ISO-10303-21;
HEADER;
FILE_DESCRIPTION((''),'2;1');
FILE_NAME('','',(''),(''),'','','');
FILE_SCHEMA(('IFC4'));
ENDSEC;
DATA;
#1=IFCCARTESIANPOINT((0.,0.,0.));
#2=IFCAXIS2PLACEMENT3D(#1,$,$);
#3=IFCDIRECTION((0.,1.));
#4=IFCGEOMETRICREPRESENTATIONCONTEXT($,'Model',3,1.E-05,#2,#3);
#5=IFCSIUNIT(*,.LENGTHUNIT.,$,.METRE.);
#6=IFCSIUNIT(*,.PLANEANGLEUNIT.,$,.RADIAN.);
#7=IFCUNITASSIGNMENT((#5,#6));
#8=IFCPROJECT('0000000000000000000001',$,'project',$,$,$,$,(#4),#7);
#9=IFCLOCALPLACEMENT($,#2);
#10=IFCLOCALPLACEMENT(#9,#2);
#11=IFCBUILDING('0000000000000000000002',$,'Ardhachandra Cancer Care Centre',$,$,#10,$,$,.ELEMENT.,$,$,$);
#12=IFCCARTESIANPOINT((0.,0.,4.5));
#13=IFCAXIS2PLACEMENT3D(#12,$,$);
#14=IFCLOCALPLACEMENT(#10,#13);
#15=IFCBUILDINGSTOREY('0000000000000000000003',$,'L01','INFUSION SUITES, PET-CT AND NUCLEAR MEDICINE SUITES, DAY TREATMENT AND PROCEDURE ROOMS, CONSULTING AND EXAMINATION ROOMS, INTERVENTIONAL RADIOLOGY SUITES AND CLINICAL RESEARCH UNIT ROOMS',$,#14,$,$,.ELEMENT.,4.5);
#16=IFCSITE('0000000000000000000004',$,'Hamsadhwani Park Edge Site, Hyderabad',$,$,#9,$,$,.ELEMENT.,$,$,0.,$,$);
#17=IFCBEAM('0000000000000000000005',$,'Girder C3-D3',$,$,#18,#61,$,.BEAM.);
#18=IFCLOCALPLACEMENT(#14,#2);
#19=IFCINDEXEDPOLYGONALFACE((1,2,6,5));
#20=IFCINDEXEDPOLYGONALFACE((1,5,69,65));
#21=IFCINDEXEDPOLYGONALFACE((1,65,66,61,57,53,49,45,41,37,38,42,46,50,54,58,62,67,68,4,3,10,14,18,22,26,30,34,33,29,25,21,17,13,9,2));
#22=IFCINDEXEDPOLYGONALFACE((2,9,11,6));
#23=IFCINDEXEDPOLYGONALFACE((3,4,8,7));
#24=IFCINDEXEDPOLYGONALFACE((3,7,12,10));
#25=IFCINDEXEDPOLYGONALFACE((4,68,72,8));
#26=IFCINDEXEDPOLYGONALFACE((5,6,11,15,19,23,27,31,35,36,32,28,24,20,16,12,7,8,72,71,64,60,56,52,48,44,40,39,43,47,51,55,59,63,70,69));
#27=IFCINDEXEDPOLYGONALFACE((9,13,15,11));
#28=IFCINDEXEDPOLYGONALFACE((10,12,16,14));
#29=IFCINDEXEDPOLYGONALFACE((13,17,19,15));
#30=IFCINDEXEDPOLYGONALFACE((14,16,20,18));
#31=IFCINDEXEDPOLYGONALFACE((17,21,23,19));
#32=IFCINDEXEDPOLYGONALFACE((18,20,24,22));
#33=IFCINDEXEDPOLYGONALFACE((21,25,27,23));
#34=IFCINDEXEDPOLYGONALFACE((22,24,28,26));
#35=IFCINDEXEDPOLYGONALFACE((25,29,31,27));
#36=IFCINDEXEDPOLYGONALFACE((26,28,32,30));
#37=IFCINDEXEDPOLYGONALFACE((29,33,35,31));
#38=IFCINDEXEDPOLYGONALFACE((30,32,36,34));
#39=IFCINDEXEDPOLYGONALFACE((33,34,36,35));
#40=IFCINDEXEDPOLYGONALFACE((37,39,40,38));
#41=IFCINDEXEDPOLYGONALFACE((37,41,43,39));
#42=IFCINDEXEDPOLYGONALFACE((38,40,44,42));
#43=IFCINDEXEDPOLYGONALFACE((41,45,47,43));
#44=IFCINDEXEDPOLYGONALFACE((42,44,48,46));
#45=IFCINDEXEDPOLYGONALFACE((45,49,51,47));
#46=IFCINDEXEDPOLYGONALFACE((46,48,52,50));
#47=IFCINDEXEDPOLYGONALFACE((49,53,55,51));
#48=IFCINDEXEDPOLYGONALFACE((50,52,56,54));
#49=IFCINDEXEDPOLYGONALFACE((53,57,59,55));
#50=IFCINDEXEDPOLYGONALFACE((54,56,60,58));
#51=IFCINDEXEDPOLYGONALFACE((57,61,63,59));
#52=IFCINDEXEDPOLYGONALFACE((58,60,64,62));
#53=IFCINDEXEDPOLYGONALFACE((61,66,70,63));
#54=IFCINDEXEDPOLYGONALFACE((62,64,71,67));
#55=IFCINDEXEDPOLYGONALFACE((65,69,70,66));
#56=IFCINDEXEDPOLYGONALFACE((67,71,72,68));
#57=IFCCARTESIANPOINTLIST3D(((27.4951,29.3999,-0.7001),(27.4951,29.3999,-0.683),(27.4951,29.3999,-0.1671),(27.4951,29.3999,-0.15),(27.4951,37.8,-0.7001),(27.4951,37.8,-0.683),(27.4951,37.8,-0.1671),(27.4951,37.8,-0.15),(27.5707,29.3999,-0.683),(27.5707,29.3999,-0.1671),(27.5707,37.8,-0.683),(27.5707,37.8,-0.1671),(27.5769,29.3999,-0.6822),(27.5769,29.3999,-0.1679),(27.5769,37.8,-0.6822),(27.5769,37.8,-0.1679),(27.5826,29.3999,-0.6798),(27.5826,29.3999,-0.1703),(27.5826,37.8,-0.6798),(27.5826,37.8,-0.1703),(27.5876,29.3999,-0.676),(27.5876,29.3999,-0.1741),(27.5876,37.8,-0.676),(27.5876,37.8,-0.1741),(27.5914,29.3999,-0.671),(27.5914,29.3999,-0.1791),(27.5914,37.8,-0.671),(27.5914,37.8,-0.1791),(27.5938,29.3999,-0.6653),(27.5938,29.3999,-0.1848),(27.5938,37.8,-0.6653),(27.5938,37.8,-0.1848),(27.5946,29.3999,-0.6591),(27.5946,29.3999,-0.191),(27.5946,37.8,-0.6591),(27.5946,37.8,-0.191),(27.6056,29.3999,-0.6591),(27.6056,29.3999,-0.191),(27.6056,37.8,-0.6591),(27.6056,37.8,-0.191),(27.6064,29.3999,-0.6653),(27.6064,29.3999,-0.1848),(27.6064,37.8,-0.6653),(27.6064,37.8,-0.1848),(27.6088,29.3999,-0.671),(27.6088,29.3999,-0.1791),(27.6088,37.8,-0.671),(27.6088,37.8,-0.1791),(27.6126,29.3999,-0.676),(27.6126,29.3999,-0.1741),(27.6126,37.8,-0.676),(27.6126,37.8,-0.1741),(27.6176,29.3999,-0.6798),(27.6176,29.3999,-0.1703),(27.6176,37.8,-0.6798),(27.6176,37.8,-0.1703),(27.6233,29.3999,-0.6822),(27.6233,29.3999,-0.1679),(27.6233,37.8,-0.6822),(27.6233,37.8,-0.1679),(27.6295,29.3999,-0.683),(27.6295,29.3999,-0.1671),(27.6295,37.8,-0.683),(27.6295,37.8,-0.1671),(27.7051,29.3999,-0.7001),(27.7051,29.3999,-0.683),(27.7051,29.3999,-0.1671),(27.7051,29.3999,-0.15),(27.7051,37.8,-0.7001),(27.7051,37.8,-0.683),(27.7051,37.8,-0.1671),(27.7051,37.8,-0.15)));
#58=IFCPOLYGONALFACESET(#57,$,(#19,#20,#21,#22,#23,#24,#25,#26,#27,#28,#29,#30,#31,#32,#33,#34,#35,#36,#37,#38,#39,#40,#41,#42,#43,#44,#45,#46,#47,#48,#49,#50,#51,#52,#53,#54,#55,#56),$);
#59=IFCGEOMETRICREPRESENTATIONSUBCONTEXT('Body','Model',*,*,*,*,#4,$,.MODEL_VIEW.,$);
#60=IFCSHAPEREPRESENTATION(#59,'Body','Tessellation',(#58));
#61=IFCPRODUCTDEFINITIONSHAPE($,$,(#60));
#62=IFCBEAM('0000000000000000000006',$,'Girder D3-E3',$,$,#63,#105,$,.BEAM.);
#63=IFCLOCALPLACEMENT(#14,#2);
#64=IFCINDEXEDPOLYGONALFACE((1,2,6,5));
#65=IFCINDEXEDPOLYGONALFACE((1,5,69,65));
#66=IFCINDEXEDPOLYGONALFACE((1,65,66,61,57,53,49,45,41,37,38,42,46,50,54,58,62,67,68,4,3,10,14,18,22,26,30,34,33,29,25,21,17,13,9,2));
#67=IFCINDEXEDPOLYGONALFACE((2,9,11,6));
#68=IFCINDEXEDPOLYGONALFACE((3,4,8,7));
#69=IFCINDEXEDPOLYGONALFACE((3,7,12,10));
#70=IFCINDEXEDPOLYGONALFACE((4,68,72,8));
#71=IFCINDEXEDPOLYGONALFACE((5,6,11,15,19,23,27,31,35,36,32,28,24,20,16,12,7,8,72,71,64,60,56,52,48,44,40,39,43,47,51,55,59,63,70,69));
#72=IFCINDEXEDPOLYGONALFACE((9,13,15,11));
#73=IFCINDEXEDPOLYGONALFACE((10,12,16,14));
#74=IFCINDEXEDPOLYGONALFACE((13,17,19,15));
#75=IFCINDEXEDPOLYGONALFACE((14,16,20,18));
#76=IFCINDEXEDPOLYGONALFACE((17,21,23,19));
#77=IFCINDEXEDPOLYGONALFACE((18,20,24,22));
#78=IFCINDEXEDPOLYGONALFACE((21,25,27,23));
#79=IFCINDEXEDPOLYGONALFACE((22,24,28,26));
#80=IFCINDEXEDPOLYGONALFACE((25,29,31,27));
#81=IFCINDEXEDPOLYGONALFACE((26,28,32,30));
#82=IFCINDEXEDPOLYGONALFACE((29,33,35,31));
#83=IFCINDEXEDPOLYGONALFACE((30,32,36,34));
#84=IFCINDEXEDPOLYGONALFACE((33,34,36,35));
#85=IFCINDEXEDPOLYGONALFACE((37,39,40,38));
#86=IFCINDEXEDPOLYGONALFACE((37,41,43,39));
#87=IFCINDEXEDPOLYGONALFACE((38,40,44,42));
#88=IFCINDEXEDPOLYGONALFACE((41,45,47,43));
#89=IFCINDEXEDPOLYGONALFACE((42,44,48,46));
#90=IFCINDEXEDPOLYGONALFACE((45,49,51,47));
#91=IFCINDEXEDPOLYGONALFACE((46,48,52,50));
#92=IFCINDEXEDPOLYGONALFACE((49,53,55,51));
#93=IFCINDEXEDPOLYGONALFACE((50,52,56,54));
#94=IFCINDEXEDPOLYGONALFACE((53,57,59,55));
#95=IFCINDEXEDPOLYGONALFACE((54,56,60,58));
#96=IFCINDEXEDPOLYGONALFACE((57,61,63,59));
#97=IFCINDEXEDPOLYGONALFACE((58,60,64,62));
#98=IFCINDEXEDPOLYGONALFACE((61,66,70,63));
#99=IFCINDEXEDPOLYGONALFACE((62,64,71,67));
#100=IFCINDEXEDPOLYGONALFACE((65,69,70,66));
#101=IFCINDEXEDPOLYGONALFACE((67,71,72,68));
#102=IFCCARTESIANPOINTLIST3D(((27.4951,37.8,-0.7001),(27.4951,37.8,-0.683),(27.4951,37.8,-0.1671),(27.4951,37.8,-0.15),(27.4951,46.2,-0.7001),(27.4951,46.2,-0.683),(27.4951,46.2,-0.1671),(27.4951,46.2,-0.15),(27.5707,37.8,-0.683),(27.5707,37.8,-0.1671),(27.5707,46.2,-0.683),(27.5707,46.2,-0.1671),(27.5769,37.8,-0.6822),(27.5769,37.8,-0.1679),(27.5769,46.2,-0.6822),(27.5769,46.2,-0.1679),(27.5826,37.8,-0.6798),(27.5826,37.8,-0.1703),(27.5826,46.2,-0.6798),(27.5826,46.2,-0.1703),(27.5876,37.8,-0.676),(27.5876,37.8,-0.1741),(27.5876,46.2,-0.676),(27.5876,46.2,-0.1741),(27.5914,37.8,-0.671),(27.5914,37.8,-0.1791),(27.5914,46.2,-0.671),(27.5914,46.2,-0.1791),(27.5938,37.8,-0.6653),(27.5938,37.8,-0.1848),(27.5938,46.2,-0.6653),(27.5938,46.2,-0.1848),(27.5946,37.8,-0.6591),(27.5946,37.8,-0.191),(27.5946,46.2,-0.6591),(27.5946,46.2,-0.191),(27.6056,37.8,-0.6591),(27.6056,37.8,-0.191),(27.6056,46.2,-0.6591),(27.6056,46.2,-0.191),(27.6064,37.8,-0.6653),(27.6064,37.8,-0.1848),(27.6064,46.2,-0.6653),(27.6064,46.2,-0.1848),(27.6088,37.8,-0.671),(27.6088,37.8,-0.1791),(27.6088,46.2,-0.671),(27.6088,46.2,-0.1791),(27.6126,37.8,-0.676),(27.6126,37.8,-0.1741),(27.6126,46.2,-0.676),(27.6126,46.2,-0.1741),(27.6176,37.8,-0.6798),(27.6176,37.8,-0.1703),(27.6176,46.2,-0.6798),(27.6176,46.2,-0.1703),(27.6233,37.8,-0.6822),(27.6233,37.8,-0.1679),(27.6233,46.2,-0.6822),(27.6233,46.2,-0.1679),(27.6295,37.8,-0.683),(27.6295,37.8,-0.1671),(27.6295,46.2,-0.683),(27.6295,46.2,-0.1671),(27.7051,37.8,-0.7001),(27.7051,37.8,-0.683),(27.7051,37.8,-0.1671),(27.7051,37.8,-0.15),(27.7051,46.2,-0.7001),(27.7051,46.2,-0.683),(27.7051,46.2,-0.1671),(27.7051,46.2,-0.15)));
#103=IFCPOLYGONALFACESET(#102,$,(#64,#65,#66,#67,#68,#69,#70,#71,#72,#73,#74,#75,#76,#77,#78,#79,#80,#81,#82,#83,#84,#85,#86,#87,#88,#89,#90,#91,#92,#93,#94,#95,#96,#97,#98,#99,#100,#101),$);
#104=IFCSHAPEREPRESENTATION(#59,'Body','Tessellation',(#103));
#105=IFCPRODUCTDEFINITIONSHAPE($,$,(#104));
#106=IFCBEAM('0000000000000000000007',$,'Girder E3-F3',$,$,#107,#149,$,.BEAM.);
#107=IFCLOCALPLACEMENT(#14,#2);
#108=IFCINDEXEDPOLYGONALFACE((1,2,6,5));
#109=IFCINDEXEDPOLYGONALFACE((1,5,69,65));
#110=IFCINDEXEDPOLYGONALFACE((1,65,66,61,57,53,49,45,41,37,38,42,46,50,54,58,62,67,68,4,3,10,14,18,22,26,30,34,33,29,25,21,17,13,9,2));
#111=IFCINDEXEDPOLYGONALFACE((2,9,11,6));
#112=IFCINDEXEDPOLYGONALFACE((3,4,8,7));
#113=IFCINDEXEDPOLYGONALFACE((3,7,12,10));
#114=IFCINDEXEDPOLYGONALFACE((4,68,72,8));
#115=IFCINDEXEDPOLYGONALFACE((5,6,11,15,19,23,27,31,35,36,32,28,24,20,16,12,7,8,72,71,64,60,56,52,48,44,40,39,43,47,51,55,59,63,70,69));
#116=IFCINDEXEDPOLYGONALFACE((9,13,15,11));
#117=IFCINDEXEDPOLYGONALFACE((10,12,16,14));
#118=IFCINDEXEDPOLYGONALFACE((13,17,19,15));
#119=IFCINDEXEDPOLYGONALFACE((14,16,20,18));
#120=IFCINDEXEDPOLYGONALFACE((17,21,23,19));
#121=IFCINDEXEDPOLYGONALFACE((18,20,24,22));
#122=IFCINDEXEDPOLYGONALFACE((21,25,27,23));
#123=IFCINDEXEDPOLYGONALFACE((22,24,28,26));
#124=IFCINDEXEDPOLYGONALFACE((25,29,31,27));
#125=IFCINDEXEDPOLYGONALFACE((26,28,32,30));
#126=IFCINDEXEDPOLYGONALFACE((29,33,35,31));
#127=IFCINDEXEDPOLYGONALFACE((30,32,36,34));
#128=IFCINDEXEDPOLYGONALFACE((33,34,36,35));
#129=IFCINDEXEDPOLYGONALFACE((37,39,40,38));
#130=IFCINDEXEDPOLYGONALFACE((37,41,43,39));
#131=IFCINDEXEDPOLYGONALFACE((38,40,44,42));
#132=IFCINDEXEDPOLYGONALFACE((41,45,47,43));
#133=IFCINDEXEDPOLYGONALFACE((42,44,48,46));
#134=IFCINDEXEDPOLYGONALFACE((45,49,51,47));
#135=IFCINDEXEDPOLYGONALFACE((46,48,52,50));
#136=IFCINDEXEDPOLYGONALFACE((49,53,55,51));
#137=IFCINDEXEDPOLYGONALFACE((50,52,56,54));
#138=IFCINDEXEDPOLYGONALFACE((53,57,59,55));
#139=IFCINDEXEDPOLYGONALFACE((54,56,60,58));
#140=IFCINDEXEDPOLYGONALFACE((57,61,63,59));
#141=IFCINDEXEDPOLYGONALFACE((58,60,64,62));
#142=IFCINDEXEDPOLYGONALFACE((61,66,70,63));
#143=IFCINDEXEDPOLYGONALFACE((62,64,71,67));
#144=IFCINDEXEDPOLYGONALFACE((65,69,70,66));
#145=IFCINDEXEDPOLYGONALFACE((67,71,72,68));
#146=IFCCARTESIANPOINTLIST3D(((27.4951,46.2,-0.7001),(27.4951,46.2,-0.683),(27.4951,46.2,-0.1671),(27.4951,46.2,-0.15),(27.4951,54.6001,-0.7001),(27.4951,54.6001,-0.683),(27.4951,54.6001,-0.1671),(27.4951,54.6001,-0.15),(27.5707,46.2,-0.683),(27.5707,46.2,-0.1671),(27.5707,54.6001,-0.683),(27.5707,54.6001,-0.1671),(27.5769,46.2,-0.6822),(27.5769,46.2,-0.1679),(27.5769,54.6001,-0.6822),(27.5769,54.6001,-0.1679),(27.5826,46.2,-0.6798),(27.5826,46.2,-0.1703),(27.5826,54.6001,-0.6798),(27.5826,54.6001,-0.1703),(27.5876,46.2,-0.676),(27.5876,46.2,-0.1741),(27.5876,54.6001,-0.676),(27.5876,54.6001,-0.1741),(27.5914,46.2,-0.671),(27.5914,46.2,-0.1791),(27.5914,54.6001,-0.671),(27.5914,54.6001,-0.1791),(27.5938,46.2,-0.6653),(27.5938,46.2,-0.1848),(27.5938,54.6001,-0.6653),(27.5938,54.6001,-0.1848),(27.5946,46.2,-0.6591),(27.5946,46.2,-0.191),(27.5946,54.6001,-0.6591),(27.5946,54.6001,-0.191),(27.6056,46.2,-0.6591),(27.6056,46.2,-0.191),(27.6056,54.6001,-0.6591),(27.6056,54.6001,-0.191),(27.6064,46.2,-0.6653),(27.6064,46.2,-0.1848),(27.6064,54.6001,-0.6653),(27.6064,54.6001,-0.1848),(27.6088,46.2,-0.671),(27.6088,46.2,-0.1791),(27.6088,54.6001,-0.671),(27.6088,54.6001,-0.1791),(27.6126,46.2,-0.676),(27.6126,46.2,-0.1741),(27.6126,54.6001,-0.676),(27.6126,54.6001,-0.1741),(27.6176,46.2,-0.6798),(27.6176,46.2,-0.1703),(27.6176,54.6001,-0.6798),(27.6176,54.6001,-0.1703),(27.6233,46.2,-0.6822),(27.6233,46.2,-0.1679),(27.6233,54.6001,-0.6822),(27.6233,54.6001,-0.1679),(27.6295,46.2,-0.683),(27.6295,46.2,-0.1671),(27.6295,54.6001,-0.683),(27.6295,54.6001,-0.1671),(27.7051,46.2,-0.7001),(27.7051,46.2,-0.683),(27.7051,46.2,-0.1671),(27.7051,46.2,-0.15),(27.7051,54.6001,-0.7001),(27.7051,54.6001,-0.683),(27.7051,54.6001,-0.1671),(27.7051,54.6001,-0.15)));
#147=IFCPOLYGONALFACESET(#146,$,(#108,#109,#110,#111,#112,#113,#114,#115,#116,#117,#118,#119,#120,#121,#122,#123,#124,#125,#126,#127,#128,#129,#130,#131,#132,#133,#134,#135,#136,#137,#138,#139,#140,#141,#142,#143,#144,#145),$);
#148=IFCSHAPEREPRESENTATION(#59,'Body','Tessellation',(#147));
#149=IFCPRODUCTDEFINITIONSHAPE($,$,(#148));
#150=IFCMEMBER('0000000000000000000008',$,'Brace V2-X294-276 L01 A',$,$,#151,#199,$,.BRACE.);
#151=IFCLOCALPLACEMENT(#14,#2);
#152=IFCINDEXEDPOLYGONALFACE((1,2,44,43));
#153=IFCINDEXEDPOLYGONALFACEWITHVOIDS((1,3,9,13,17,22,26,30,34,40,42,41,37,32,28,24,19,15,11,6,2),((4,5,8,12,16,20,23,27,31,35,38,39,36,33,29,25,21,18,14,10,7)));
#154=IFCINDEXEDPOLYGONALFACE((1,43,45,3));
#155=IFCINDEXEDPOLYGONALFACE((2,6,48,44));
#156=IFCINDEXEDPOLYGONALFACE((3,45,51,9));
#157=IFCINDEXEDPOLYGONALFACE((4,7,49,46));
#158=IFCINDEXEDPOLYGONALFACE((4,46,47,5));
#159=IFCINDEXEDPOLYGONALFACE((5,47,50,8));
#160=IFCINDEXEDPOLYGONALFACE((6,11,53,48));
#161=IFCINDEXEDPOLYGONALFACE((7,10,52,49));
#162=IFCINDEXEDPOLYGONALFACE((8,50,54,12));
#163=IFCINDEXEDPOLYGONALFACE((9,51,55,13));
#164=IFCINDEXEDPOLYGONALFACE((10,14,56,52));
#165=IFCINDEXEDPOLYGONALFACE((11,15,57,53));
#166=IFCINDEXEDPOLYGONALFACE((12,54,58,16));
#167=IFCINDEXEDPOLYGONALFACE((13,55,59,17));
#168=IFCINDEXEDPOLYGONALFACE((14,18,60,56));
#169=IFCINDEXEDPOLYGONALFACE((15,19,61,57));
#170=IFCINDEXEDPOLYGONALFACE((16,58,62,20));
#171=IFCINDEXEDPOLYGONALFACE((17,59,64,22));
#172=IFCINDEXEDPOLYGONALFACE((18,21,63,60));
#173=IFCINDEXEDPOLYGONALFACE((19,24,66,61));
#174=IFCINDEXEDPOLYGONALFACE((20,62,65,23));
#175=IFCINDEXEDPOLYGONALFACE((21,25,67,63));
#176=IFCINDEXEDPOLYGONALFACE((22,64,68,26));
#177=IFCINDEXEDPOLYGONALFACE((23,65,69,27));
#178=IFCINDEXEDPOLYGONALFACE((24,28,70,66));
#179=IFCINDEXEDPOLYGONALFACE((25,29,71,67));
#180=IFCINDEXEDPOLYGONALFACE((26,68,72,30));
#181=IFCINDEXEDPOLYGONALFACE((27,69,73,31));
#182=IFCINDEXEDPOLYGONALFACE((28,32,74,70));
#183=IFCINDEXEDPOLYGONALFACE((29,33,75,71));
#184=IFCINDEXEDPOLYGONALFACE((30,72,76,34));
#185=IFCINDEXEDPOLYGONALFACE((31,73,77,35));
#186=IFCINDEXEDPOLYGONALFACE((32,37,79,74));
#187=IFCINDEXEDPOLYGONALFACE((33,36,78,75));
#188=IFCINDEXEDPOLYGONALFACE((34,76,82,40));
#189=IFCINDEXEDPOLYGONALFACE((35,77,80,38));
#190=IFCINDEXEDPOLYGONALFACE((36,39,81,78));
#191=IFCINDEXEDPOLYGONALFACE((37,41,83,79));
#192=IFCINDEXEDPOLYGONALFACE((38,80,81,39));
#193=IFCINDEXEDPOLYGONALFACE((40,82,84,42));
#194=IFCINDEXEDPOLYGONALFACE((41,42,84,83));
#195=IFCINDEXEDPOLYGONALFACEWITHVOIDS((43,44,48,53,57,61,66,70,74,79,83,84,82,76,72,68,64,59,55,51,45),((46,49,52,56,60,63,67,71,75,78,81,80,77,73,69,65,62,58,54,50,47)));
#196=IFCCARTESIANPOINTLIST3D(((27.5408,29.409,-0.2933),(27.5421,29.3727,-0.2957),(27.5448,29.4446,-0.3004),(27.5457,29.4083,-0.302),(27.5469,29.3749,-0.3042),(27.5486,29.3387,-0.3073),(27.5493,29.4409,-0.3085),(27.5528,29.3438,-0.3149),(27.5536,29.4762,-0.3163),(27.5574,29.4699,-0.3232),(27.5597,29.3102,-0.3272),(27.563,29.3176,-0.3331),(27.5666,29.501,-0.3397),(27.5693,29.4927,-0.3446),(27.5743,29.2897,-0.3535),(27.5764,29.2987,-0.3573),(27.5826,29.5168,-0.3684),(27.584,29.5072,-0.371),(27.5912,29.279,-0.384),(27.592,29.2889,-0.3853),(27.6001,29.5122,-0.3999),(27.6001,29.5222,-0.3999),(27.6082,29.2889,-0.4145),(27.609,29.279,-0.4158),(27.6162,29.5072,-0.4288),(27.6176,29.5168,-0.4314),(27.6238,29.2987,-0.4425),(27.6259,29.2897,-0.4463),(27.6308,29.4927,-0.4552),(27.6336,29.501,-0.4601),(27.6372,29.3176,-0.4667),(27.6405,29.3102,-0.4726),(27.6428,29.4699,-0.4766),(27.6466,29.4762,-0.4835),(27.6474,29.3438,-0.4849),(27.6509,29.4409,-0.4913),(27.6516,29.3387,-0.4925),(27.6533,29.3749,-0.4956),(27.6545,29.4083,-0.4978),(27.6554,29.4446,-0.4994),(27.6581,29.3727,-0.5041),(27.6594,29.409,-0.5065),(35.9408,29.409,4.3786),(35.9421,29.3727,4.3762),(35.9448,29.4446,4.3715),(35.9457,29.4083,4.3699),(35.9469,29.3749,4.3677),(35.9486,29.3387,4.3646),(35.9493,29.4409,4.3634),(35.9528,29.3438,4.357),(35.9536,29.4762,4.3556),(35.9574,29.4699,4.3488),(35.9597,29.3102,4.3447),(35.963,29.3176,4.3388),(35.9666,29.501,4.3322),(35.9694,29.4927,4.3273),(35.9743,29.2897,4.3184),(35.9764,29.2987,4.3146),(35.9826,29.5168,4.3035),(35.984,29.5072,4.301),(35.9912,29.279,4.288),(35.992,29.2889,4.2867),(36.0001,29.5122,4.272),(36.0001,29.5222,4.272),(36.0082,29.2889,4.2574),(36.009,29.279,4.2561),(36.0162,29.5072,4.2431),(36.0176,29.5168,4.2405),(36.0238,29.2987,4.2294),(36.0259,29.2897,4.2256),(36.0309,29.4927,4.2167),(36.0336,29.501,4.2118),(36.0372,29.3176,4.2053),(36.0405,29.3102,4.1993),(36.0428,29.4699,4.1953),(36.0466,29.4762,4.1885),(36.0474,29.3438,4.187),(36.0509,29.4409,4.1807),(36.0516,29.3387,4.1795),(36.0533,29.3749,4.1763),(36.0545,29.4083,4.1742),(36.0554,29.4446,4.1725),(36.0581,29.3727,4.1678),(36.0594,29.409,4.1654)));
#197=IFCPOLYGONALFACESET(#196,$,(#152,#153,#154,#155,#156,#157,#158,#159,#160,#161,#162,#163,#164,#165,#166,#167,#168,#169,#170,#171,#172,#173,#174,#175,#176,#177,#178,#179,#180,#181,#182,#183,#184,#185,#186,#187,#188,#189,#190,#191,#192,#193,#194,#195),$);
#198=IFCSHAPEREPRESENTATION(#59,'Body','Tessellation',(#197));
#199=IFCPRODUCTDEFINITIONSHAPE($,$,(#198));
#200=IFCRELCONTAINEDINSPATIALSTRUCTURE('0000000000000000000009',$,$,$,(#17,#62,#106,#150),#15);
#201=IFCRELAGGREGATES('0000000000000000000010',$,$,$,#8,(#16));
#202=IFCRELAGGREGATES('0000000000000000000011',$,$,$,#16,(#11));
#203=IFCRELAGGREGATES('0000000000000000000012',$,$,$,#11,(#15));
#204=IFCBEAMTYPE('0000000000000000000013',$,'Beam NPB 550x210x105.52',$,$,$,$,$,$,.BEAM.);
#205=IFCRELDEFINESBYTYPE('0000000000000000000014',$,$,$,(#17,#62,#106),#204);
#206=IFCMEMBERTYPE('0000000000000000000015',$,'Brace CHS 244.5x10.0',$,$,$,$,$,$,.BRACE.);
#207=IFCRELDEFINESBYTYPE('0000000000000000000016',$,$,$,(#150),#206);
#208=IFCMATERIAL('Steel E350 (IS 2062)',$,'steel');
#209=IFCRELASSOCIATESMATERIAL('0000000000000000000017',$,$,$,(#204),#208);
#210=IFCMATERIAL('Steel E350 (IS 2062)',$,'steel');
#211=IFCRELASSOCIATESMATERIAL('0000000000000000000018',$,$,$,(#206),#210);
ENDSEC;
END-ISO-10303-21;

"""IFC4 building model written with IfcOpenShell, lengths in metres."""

from ifc_helpers import new_model, si_unit, direction, frame, origin, origin_2d, place, context, subcontext, project, spatial, hollow_circle, i_section, extrude, material, material_profile, profile_set, type_object, element, save


model = new_model("IFC4")

# Units and contexts
model_context = context("Model", 3, precision=1e-05, world=origin(), true_north=direction((0.0, 1.0)))
body_context = subcontext(model_context, "Body", "Model", "MODEL_VIEW")
ifc_project = project(units=[si_unit("LENGTHUNIT", "METRE"), si_unit("PLANEANGLEUNIT", "RADIAN")], contexts=[model_context])

# Site, building, storey
site_placement = place(None, origin())
site = spatial("IfcSite", under=ifc_project, at=site_placement, Name="Hamsadhwani Park Edge Site, Hyderabad", CompositionType="ELEMENT", RefElevation=0.0)
building_placement = place(site_placement, origin())
building = spatial("IfcBuilding", under=site, at=building_placement, Name="Ardhachandra Cancer Care Centre", CompositionType="ELEMENT")
storey_placement = place(building_placement, frame((0.0, 0.0, 4.5)))
storey = spatial("IfcBuildingStorey", under=building, at=storey_placement, Name="L01", Description="INFUSION SUITES, PET-CT AND NUCLEAR MEDICINE SUITES, DAY TREATMENT AND PROCEDURE ROOMS, CONSULTING AND EXAMINATION ROOMS, INTERVENTIONAL RADIOLOGY SUITES AND CLINICAL RESEARCH UNIT ROOMS", CompositionType="ELEMENT", Elevation=4.5)

# Beams
ifc_material_1 = material(Name="Steel E350 (IS 2062)", Category="steel")
ifc_material_profile_1 = material_profile(ifc_material_1, i_section(OverallWidth=0.21, OverallDepth=0.55, WebThickness=0.011, FlangeThickness=0.0171, FilletRadius=0.0239, at=origin_2d()), Name="NPB 550x210x105.52")
ifc_profile_set_1 = profile_set([ifc_material_profile_1], Name="Steel E350 (IS 2062)")
beam_type_1 = type_object("IfcBeamType", Name="Beam NPB 550x210x105.52", PredefinedType="BEAM", material=ifc_profile_set_1)
beam_1_placement = place(storey_placement, frame((27.6001, 29.3999, -0.425), z_axis=(0.0, 1.0, 0.0), x_axis=(-1.0, 0.0, 0.0)))
element("IfcBeam", 1, at=beam_1_placement, inside=storey, type_object=beam_type_1, Name="Girder C3-D3", PredefinedType="BEAM", context=body_context, shape_type="SweptSolid", body=[
    extrude(i_section(OverallWidth=0.21, OverallDepth=0.55, WebThickness=0.011, FlangeThickness=0.0171, FilletRadius=0.0239, at=origin_2d()), origin(), (0.0, 0.0, 1.0), 8.4001),
])
beam_2_placement = place(storey_placement, frame((27.6001, 37.8, -0.425), z_axis=(0.0, 1.0, 0.0), x_axis=(-1.0, 0.0, 0.0)))
element("IfcBeam", 2, at=beam_2_placement, inside=storey, type_object=beam_type_1, Name="Girder D3-E3", PredefinedType="BEAM", context=body_context, shape_type="SweptSolid", body=[
    extrude(i_section(OverallWidth=0.21, OverallDepth=0.55, WebThickness=0.011, FlangeThickness=0.0171, FilletRadius=0.0239, at=origin_2d()), origin(), (0.0, 0.0, 1.0), 8.3999),
])
beam_3_placement = place(storey_placement, frame((27.6001, 46.2, -0.425), z_axis=(0.0, 1.0, 0.0), x_axis=(-1.0, 0.0, 0.0)))
element("IfcBeam", 3, at=beam_3_placement, inside=storey, type_object=beam_type_1, Name="Girder E3-F3", PredefinedType="BEAM", context=body_context, shape_type="SweptSolid", body=[
    extrude(i_section(OverallWidth=0.21, OverallDepth=0.55, WebThickness=0.011, FlangeThickness=0.0171, FilletRadius=0.0239, at=origin_2d()), origin(), (0.0, 0.0, 1.0), 8.4001),
])

# Member
ifc_material_2 = material(Name="Steel E350 (IS 2062)", Category="steel")
ifc_material_profile_2 = material_profile(ifc_material_2, hollow_circle(Radius=0.1223, WallThickness=0.01, at=origin_2d()), Name="CHS 244.5x10.0")
ifc_profile_set_2 = profile_set([ifc_material_profile_2], Name="Steel E350 (IS 2062)")
member_type_1 = type_object("IfcMemberType", Name="Brace CHS 244.5x10.0", PredefinedType="BRACE", material=ifc_profile_set_2)
member_1_placement = place(storey_placement, frame((27.6001, 29.3999, -0.3999), z_axis=(0.873925, 0.0, 0.486061), x_axis=(0.0, 1.0, 0.0)))
element("IfcMember", 4, at=member_1_placement, inside=storey, type_object=member_type_1, Name="Brace V2-X294-276 L01 A", PredefinedType="BRACE", context=body_context, shape_type="SweptSolid", body=[
    extrude(hollow_circle(Radius=0.1223, WallThickness=0.01, at=origin_2d()), origin(), (0.0, 0.0, 1.0), 9.6118),
])

save(model, "model.ifc")
